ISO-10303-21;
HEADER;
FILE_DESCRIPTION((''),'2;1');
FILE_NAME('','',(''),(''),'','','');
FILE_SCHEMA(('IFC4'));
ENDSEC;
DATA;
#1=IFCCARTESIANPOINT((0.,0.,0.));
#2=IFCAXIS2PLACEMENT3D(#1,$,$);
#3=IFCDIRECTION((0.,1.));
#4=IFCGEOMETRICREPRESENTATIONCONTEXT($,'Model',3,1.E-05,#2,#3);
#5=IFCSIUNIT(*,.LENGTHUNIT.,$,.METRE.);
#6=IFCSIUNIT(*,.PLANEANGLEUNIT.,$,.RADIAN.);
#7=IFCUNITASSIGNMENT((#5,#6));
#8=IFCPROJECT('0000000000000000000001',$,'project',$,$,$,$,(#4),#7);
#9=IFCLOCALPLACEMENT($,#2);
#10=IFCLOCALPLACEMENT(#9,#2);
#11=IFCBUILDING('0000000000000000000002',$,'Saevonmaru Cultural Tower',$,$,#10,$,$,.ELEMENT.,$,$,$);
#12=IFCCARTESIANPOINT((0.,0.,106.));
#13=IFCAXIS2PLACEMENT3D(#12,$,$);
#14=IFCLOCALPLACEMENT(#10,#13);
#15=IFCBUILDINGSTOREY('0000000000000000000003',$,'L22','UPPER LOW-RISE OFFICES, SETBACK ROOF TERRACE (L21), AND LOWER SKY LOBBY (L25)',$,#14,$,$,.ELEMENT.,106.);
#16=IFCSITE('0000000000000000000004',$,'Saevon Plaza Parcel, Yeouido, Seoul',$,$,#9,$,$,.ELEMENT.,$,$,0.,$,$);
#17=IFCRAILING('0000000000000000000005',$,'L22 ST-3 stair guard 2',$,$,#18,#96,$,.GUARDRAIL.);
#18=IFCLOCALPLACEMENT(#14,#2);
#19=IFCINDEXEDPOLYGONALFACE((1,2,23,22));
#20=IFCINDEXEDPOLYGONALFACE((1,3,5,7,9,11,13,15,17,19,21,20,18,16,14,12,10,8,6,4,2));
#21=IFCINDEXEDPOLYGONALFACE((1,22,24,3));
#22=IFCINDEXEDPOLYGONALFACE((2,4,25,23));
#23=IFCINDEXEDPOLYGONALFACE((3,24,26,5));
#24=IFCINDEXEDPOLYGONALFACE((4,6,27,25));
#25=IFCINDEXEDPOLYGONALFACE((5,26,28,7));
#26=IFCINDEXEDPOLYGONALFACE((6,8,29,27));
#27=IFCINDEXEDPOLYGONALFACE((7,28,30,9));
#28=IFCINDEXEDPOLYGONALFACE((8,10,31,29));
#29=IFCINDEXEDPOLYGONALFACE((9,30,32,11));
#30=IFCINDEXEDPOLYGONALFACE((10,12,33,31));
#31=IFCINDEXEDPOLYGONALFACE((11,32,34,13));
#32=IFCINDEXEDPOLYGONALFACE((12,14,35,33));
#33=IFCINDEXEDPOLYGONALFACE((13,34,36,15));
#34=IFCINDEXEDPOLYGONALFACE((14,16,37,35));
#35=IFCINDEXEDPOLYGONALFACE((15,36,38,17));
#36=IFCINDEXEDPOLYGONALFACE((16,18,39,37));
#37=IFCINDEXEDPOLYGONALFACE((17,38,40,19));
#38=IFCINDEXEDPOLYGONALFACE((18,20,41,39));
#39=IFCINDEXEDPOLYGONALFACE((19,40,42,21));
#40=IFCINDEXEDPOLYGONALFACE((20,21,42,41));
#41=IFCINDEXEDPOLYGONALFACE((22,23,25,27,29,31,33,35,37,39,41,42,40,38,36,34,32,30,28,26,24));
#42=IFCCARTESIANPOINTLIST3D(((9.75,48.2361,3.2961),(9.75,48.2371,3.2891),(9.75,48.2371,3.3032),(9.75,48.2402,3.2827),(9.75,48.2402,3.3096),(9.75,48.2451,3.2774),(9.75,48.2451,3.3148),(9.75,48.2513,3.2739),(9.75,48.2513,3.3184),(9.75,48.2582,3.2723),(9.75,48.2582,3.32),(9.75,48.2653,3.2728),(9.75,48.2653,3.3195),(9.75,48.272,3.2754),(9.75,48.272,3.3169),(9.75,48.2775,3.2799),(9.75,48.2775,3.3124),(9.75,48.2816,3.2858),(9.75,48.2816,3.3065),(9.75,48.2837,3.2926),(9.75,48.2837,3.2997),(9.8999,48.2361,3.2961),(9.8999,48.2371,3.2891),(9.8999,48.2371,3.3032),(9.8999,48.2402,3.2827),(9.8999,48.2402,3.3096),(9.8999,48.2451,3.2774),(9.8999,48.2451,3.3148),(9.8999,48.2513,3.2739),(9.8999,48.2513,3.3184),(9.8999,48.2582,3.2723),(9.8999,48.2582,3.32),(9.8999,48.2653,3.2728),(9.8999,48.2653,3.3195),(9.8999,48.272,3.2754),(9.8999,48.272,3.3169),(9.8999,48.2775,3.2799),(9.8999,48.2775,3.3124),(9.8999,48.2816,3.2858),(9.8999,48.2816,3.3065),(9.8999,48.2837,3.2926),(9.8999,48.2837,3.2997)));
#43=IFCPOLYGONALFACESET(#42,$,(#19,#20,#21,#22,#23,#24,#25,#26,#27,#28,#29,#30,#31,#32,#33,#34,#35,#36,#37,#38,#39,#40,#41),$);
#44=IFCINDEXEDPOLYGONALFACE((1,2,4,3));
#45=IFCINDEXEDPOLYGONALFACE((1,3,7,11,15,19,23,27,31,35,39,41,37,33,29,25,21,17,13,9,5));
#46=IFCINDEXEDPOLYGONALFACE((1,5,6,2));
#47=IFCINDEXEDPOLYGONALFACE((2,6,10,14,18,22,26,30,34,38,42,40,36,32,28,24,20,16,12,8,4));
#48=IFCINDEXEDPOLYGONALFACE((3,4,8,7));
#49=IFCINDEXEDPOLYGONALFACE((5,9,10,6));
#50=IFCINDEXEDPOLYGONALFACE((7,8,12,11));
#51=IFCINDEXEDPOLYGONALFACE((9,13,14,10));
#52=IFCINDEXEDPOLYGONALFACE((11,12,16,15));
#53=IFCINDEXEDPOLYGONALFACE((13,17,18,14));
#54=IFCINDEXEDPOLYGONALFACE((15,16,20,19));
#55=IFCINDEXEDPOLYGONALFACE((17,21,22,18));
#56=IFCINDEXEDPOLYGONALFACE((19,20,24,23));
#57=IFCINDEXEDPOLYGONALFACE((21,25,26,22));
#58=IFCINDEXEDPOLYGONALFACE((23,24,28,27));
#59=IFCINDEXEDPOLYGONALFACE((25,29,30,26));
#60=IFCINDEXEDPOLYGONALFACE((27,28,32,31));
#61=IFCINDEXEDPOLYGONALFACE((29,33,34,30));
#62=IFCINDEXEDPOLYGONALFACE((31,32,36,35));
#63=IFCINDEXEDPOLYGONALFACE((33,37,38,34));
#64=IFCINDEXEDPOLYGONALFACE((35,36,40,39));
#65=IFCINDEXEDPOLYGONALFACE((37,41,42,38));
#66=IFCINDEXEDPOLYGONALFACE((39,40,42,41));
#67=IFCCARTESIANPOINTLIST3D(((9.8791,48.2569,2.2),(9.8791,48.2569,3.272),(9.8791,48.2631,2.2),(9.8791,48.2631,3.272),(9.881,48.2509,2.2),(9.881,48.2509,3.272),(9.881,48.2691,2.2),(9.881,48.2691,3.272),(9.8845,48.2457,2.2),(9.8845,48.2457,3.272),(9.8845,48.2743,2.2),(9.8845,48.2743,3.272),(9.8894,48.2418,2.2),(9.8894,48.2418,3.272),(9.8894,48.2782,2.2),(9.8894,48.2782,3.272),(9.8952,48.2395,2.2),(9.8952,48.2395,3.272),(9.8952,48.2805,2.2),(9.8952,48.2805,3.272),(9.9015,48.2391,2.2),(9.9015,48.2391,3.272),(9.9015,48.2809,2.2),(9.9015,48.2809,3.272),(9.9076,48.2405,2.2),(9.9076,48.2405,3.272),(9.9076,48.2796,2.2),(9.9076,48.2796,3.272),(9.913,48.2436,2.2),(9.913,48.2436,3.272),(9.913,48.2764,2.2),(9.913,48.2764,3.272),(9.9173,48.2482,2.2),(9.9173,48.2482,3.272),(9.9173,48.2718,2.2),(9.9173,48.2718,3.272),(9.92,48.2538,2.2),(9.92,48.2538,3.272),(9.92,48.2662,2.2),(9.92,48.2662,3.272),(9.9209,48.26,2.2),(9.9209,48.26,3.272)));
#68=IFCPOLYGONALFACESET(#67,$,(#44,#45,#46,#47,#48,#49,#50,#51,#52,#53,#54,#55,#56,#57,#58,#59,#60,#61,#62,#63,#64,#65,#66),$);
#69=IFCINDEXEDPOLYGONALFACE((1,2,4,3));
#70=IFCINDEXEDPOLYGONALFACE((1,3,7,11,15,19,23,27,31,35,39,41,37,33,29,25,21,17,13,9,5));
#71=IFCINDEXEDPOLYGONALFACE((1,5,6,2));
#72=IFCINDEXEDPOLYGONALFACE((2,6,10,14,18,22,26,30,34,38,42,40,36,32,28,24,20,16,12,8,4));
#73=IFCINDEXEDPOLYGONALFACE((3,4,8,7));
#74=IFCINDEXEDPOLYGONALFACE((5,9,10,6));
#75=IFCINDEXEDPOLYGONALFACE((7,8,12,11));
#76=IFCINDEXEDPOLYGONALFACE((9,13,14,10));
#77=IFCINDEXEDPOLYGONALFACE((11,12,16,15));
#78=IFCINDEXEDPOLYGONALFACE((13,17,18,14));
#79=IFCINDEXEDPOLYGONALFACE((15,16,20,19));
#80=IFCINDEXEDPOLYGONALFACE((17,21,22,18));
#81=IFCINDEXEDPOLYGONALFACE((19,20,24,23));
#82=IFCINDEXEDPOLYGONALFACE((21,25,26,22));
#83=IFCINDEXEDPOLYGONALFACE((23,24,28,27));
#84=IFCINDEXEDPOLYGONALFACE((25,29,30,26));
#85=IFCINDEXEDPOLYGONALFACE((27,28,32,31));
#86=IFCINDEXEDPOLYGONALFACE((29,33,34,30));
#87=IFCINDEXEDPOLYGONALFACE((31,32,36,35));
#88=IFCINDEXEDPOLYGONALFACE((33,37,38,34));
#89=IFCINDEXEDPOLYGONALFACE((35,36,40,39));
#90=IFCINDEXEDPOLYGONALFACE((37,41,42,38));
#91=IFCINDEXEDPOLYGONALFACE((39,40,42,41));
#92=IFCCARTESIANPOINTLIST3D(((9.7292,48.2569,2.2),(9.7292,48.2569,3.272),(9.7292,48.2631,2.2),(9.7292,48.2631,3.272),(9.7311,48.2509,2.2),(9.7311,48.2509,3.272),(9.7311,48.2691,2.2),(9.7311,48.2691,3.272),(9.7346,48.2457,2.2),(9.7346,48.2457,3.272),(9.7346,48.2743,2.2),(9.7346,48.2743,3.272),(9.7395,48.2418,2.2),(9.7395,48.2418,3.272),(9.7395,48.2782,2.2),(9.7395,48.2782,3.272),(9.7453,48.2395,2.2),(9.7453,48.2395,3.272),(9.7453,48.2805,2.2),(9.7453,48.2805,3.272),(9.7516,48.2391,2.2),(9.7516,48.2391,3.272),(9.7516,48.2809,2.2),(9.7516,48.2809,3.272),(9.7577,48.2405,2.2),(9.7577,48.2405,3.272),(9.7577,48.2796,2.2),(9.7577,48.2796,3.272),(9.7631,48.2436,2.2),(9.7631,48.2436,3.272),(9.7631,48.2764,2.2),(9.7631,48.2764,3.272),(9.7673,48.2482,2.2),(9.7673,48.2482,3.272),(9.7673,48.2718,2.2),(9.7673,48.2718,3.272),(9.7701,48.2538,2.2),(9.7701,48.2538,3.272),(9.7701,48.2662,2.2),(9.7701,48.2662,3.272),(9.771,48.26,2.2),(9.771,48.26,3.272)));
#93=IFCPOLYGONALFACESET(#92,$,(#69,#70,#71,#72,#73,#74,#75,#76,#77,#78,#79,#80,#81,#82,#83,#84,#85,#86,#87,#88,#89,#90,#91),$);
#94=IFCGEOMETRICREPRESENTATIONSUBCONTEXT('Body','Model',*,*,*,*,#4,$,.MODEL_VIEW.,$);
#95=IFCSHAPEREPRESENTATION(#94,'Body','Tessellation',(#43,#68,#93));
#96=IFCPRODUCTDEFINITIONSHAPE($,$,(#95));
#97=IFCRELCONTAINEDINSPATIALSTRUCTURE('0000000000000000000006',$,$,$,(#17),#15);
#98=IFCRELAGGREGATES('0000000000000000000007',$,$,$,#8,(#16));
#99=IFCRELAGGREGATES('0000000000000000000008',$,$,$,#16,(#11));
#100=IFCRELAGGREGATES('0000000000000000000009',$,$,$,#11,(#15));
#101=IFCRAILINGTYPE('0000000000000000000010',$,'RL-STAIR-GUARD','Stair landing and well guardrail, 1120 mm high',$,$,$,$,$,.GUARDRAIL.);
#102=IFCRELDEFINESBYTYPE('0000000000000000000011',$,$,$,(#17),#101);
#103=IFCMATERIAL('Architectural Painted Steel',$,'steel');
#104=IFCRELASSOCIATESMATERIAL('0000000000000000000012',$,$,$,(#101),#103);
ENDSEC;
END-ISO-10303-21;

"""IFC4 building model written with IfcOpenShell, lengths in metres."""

from ifc_helpers import new_model, si_unit, direction, frame, origin, origin_2d, place, context, subcontext, project, spatial, circle, extrude, material, type_object, element, save


model = new_model("IFC4")

# Units and contexts
model_context = context("Model", 3, precision=1e-05, world=origin(), true_north=direction((0.0, 1.0)))
body_context = subcontext(model_context, "Body", "Model", "MODEL_VIEW")
ifc_project = project(units=[si_unit("LENGTHUNIT", "METRE"), si_unit("PLANEANGLEUNIT", "RADIAN")], contexts=[model_context])

# Site, building, storey
site_placement = place(None, origin())
site = spatial("IfcSite", under=ifc_project, at=site_placement, Name="Saevon Plaza Parcel, Yeouido, Seoul", CompositionType="ELEMENT", RefElevation=0.0)
building_placement = place(site_placement, origin())
building = spatial("IfcBuilding", under=site, at=building_placement, Name="Saevonmaru Cultural Tower", CompositionType="ELEMENT")
storey_placement = place(building_placement, frame((0.0, 0.0, 106.0)))
storey = spatial("IfcBuildingStorey", under=building, at=storey_placement, Name="L22", Description="UPPER LOW-RISE OFFICES, SETBACK ROOF TERRACE (L21), AND LOWER SKY LOBBY (L25)", CompositionType="ELEMENT", Elevation=106.0)

# Railing
ifc_material_1 = material(Name="Architectural Painted Steel", Category="steel")
railing_type_1 = type_object("IfcRailingType", Name="RL-STAIR-GUARD", Description="Stair landing and well guardrail, 1120 mm high", PredefinedType="GUARDRAIL", material=ifc_material_1)
railing_1_placement = place(storey_placement, frame((9.8999, 48.26, 2.2)))
element("IfcRailing", 1, at=railing_1_placement, inside=storey, type_object=railing_type_1, Name="L22 ST-3 stair guard 2", PredefinedType="GUARDRAIL", context=body_context, shape_type="SweptSolid", body=[
    extrude(circle(Radius=0.0239, at=origin_2d()), frame((0.0, 0.0, 1.0962), z_axis=(-1.0, 0.0, 0.0), x_axis=(0.0, -1.0, 0.0)), (0.0, 0.0, 1.0), 0.1499),
    extrude(circle(Radius=0.021, at=origin_2d()), origin(), (0.0, 0.0, 1.0), 1.072),
    extrude(circle(Radius=0.021, at=origin_2d()), frame((-0.1499, 0.0, 0.0)), (0.0, 0.0, 1.0), 1.072),
])

save(model, "model.ifc")
